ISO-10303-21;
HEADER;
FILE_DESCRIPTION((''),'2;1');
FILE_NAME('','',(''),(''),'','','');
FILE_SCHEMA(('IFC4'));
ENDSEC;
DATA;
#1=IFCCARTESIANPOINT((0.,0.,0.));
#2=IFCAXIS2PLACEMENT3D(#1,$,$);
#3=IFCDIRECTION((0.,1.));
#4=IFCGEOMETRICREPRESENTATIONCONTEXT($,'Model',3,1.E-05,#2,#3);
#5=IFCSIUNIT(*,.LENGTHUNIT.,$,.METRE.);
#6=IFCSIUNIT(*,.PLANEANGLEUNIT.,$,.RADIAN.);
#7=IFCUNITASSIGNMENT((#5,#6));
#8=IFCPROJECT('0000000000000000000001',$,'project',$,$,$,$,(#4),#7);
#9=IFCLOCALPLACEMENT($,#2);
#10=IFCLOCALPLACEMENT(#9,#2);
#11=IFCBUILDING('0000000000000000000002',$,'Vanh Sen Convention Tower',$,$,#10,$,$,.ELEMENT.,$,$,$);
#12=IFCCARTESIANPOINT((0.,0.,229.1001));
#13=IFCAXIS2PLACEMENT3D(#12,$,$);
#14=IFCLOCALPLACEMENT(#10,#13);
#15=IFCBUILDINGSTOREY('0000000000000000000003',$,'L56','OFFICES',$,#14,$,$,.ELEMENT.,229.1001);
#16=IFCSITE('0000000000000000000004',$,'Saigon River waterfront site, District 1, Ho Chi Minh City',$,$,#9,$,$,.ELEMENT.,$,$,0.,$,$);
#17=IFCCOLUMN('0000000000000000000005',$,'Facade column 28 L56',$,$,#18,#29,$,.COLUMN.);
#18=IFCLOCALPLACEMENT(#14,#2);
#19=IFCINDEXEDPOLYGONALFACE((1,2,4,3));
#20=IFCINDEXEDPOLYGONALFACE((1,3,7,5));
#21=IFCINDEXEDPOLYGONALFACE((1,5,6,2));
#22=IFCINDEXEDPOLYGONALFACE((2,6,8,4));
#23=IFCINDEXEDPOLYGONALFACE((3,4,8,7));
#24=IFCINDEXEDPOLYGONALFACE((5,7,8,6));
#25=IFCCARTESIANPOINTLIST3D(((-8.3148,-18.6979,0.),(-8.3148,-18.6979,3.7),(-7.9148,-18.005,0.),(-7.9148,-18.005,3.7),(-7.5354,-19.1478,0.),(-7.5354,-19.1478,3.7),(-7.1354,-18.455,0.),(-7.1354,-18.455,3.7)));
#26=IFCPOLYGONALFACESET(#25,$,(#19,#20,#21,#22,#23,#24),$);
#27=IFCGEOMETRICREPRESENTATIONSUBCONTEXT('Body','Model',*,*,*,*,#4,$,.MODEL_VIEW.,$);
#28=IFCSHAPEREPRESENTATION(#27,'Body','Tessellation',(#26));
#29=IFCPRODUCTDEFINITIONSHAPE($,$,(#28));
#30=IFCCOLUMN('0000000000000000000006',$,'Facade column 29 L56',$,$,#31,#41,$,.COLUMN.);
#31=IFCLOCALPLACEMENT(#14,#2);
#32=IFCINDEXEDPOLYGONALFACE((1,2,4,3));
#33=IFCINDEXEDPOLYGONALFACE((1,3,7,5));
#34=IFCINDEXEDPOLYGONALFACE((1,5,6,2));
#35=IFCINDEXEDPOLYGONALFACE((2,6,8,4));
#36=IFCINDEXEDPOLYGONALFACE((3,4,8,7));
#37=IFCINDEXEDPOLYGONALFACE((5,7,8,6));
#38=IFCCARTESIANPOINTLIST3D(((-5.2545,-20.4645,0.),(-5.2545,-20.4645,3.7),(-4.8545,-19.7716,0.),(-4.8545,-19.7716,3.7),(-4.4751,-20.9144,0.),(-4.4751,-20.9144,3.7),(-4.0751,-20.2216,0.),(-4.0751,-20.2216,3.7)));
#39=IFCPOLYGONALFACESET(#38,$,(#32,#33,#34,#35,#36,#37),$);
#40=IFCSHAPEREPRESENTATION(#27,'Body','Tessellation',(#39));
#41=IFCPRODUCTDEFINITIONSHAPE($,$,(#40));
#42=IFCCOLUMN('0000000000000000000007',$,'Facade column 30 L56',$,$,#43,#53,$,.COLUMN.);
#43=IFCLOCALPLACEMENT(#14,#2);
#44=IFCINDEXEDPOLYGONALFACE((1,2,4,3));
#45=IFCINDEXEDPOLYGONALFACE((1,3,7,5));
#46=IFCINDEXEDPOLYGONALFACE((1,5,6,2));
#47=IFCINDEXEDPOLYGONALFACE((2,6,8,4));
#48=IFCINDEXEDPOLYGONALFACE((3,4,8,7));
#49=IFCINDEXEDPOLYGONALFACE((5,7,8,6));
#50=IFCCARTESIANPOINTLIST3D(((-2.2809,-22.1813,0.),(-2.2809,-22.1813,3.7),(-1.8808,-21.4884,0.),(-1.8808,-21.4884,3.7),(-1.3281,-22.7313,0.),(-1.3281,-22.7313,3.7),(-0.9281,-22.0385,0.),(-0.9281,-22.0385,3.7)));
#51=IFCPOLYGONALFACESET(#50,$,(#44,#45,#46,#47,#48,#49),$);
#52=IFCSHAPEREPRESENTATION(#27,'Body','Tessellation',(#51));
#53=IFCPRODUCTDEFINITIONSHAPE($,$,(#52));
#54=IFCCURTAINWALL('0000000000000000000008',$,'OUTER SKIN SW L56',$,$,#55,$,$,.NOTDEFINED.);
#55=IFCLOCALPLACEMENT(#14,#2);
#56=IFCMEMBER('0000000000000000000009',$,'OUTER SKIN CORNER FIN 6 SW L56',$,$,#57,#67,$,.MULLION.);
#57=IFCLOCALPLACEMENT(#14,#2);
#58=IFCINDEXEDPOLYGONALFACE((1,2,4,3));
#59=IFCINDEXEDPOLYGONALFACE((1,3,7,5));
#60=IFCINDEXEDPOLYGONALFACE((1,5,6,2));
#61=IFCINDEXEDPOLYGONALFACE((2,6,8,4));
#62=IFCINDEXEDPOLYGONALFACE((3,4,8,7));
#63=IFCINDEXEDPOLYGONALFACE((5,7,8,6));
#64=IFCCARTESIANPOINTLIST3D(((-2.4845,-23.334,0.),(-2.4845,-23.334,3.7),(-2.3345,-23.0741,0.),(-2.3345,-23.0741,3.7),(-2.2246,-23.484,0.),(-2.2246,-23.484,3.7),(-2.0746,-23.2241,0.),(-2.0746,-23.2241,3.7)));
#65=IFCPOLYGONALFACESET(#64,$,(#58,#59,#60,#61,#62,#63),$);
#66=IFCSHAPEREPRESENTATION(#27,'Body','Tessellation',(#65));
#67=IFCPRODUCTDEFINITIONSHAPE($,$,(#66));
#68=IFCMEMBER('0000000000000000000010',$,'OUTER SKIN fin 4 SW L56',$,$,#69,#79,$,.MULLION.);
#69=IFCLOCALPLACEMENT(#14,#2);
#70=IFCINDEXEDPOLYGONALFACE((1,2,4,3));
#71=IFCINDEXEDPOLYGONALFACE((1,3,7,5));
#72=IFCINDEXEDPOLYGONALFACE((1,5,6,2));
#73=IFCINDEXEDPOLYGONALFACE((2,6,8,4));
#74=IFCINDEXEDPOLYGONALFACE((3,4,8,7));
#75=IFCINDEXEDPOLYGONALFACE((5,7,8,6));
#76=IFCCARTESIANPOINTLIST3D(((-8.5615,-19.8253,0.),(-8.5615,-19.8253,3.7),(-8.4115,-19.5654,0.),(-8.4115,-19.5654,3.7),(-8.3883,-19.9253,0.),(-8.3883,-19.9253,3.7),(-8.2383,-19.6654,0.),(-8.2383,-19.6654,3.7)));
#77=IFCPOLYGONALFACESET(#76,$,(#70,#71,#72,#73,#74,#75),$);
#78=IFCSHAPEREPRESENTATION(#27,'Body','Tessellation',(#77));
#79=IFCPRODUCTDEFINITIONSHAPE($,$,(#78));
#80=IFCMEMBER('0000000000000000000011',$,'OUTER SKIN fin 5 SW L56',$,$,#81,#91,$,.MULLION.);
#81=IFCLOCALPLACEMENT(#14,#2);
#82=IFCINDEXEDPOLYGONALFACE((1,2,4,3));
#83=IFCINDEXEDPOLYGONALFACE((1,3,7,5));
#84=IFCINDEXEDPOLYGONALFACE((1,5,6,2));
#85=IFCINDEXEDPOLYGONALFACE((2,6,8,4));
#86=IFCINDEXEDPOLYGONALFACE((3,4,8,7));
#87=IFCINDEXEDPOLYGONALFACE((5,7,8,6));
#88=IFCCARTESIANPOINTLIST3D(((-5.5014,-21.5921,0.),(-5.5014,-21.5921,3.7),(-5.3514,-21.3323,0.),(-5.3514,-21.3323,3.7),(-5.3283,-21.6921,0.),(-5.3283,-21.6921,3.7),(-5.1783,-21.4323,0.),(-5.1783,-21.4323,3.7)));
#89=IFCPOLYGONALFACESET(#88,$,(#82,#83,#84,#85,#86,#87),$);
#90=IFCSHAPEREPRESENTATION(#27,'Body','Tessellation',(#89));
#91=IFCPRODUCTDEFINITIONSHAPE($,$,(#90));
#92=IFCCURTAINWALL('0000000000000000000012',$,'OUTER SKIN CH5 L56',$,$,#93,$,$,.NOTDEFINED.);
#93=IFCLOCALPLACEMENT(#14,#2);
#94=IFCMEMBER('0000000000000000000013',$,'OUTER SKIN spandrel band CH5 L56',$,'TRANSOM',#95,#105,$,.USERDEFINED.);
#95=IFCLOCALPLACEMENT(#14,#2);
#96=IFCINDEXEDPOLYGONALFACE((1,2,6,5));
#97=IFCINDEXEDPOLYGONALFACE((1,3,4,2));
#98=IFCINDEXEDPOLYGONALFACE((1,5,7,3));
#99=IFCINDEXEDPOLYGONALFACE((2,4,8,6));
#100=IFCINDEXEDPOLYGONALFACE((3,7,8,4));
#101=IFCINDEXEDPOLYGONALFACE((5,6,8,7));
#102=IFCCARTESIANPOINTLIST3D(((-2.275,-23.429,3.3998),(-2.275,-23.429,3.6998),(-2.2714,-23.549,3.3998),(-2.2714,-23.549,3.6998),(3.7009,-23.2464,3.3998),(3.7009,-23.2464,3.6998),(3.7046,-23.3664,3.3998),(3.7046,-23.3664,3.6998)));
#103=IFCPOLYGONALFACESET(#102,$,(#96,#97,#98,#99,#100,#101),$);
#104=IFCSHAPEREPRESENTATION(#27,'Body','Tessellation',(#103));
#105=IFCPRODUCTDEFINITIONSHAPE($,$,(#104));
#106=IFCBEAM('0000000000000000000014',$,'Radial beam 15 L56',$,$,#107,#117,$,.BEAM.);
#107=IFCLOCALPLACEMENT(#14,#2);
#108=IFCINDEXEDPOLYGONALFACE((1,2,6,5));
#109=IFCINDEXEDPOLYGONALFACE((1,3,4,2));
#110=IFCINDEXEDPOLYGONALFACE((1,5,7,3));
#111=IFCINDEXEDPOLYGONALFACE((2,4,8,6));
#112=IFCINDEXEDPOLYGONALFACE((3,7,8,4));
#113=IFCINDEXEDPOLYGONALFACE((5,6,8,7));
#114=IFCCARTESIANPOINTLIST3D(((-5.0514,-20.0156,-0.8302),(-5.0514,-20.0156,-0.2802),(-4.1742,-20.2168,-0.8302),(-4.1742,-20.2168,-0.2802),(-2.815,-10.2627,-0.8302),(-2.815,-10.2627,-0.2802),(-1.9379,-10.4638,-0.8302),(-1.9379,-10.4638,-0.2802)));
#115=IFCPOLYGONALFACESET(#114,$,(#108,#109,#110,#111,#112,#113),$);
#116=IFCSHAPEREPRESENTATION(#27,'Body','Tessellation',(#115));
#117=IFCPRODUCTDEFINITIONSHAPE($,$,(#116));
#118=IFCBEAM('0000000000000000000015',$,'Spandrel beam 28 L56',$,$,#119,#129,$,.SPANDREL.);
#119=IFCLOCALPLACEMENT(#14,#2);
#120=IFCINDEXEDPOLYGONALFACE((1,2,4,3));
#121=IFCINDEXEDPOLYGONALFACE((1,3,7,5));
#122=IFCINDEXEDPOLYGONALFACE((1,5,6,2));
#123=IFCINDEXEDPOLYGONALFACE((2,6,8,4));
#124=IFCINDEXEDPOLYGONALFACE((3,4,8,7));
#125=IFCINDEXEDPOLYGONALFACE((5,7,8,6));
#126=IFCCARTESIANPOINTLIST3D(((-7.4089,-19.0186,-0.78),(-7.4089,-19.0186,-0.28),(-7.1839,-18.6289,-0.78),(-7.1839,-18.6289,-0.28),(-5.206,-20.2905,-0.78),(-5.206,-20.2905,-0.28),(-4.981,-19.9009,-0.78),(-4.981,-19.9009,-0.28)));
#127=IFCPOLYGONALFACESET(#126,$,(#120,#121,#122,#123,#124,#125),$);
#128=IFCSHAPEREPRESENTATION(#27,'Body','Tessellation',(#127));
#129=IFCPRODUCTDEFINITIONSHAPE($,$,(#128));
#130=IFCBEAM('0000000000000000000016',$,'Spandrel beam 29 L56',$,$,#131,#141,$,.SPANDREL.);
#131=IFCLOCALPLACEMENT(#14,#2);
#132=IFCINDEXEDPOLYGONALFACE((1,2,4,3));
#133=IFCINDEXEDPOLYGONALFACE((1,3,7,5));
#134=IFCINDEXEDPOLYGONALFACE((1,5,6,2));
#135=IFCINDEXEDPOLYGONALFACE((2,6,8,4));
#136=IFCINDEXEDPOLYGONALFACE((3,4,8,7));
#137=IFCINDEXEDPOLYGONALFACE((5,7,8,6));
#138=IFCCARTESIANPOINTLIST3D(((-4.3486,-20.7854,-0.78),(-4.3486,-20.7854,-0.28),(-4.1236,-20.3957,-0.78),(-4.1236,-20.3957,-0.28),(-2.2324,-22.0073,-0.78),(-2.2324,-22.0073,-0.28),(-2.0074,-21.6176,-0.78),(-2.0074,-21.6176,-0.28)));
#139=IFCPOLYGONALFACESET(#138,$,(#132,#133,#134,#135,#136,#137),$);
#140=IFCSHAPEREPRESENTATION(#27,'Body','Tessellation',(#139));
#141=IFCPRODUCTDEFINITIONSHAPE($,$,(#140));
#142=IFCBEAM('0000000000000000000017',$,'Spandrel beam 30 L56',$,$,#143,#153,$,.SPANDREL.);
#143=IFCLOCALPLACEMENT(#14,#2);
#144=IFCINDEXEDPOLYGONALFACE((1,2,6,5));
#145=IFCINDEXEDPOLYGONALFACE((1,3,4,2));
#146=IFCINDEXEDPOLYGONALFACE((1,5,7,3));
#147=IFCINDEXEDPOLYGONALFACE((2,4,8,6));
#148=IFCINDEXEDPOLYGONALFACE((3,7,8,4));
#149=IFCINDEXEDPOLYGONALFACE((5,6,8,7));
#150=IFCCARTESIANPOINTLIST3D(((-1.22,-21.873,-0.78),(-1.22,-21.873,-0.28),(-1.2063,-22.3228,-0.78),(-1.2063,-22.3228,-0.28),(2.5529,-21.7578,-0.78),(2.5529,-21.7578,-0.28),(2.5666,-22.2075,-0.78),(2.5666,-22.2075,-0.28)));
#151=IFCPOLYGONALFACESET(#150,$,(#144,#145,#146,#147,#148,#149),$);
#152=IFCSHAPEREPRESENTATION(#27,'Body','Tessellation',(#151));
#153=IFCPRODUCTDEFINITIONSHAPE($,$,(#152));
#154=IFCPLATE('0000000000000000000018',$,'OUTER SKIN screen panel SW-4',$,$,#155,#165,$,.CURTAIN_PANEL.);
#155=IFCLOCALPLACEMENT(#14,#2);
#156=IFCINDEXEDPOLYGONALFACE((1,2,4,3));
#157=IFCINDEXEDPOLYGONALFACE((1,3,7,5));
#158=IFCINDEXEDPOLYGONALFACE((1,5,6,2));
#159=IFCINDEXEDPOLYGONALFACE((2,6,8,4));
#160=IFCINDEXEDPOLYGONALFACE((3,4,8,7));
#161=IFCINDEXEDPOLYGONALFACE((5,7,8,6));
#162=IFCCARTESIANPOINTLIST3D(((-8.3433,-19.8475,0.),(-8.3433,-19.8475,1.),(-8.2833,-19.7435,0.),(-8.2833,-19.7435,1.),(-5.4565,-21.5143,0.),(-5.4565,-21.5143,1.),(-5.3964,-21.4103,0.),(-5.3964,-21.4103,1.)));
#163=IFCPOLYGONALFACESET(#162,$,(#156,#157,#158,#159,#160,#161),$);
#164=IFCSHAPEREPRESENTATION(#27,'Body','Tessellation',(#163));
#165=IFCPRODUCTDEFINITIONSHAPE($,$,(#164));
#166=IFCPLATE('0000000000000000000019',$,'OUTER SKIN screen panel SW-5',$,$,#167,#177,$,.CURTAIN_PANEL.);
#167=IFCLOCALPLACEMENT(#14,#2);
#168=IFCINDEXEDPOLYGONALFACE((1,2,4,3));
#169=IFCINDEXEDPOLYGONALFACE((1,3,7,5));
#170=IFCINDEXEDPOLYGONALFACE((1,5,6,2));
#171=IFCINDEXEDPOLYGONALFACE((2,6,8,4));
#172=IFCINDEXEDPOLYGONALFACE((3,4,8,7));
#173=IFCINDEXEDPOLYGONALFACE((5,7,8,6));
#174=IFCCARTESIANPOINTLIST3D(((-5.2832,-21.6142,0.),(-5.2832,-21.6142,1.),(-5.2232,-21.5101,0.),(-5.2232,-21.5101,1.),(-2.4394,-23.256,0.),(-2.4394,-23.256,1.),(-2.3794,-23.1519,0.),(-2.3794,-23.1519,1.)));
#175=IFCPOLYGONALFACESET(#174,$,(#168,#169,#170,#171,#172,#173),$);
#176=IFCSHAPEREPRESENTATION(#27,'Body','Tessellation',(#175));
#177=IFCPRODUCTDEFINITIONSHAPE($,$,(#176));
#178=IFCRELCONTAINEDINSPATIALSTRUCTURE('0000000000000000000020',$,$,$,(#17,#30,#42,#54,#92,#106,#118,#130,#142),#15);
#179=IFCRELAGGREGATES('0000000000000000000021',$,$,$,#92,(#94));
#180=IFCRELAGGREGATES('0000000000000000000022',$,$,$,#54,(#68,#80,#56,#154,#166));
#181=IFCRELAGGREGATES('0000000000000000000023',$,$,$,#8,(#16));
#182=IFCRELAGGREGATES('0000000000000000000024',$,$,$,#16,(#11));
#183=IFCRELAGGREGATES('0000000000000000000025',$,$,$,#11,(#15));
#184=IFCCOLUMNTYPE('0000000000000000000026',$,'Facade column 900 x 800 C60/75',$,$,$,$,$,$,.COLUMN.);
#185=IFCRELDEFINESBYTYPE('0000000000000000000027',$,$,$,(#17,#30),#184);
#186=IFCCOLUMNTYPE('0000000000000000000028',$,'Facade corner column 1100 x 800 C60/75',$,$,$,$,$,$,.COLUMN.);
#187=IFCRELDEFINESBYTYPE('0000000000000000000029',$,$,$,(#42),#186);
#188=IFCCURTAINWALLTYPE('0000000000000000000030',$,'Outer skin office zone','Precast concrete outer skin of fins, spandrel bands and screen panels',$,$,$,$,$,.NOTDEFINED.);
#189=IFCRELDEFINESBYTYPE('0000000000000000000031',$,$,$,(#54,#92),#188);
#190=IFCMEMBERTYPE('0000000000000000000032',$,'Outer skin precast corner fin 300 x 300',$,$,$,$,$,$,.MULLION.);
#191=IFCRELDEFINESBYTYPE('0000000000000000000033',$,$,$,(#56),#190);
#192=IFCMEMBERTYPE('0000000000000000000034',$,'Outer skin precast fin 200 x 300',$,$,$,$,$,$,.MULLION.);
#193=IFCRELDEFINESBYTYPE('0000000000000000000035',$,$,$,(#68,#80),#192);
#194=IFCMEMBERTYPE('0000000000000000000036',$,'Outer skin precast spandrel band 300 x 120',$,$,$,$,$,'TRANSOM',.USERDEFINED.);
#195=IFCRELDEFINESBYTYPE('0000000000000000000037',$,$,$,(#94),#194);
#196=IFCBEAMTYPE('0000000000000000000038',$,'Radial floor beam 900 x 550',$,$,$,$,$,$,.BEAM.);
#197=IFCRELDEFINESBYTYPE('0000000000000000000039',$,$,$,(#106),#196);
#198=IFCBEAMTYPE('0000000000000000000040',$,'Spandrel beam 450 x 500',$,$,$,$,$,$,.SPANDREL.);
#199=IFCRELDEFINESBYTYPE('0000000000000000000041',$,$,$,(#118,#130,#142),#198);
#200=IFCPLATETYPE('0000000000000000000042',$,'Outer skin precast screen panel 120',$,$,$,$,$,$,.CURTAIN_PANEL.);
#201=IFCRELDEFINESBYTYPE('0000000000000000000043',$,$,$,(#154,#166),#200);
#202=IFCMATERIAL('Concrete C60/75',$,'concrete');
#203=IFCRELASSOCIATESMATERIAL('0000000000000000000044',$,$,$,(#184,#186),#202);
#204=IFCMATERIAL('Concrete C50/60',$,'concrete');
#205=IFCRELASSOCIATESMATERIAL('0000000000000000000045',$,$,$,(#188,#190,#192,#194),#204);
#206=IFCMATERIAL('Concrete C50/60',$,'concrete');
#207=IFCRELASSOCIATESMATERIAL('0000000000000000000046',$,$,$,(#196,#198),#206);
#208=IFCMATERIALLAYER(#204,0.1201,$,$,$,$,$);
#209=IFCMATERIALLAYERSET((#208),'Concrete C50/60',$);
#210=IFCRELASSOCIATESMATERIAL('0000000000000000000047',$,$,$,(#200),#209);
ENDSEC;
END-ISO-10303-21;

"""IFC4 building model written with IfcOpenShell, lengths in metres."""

from ifc_helpers import new_model, si_unit, direction, frame, origin, origin_2d, place, context, subcontext, project, spatial, rectangle, extrude, material, layer, layer_set, material_profile, profile_set, type_object, element, aggregate, save


model = new_model("IFC4")

# Units and contexts
model_context = context("Model", 3, precision=1e-05, world=origin(), true_north=direction((0.0, 1.0)))
body_context = subcontext(model_context, "Body", "Model", "MODEL_VIEW")
ifc_project = project(units=[si_unit("LENGTHUNIT", "METRE"), si_unit("PLANEANGLEUNIT", "RADIAN")], contexts=[model_context])

# Site, building, storey
site_placement = place(None, origin())
site = spatial("IfcSite", under=ifc_project, at=site_placement, Name="Saigon River waterfront site, District 1, Ho Chi Minh City", CompositionType="ELEMENT", RefElevation=0.0)
building_placement = place(site_placement, origin())
building = spatial("IfcBuilding", under=site, at=building_placement, Name="Vanh Sen Convention Tower", CompositionType="ELEMENT")
storey_placement = place(building_placement, frame((0.0, 0.0, 229.1001)))
storey = spatial("IfcBuildingStorey", under=building, at=storey_placement, Name="L56", Description="OFFICES", CompositionType="ELEMENT", Elevation=229.1001)

# Columns
ifc_material_1 = material(Name="Concrete C60/75", Category="concrete")
ifc_material_profile_1 = material_profile(ifc_material_1, rectangle(XDim=0.8999, YDim=0.8, at=origin_2d()), Name="RC 900X800")
ifc_profile_set_1 = profile_set([ifc_material_profile_1], Name="Concrete C60/75")
column_type_1 = type_object("IfcColumnType", Name="Facade column 900 x 800 C60/75", PredefinedType="COLUMN", material=ifc_profile_set_1)
for number, where, z_axis, x_axis, name in (
    (1, (-7.7251, -18.5764, 0.0), (0.0, 0.0, 1.0), (0.866025, -0.5, 0.0), "Facade column 28 L56"),
    (2, (-4.6648, -20.343, 0.0), (0.0, 0.0, 1.0), (0.866025, -0.5, 0.0), "Facade column 29 L56"),
):
    element("IfcColumn", number, at=place(storey_placement, frame(where, z_axis=z_axis, x_axis=x_axis)), inside=storey, type_object=column_type_1, Name=name, PredefinedType="COLUMN", context=body_context, shape_type="SweptSolid", body=[
        extrude(rectangle(XDim=0.8999, YDim=0.8, at=origin_2d()), origin(), (0.0, 0.0, 1.0), 3.7),
    ])
ifc_material_profile_2 = material_profile(ifc_material_1, rectangle(XDim=1.1001, YDim=0.8, at=origin_2d()), Name="RC 1100X800")
ifc_profile_set_2 = profile_set([ifc_material_profile_2], Name="Concrete C60/75")
column_type_2 = type_object("IfcColumnType", Name="Facade corner column 1100 x 800 C60/75", PredefinedType="COLUMN", material=ifc_profile_set_2)
column_placement = place(storey_placement, frame((-1.6045, -22.1099, 0.0), z_axis=(0.0, 0.0, 1.0), x_axis=(0.866025, -0.5, 0.0)))
element("IfcColumn", 3, at=column_placement, inside=storey, type_object=column_type_2, Name="Facade column 30 L56", PredefinedType="COLUMN", context=body_context, shape_type="SweptSolid", body=[
    extrude(rectangle(XDim=1.1001, YDim=0.8, at=origin_2d()), origin(), (0.0, 0.0, 1.0), 3.7),
])

# Curtain wall, members
ifc_material_2 = material(Name="Concrete C50/60", Category="concrete")
curtain_wall_type = type_object("IfcCurtainWallType", Name="Outer skin office zone", Description="Precast concrete outer skin of fins, spandrel bands and screen panels", PredefinedType="NOTDEFINED", material=ifc_material_2)
curtain_wall_1_placement = place(storey_placement, origin())
curtain_wall_1 = element("IfcCurtainWall", 4, at=curtain_wall_1_placement, inside=storey, type_object=curtain_wall_type, Name="OUTER SKIN SW L56", PredefinedType="NOTDEFINED")
ifc_material_profile_3 = material_profile(ifc_material_2, rectangle(XDim=0.3, YDim=0.3, at=origin_2d()), Name="Outer skin precast corner fin 300 x 300")
ifc_profile_set_3 = profile_set([ifc_material_profile_3], Name="Concrete C50/60")
member_type_1 = type_object("IfcMemberType", Name="Outer skin precast corner fin 300 x 300", PredefinedType="MULLION", material=ifc_profile_set_3)
member_1_placement = place(storey_placement, frame((-2.2795, -23.2791, 0.0), z_axis=(0.0, 0.0, 1.0), x_axis=(0.866025, -0.5, 0.0)))
member_1 = element("IfcMember", 5, at=member_1_placement, type_object=member_type_1, Name="OUTER SKIN CORNER FIN 6 SW L56", PredefinedType="MULLION", context=body_context, shape_type="SweptSolid", body=[
    extrude(rectangle(XDim=0.3, YDim=0.3, at=origin_2d()), origin(), (0.0, 0.0, 1.0), 3.7),
])
ifc_material_profile_4 = material_profile(ifc_material_2, rectangle(XDim=0.2, YDim=0.3, at=origin_2d()), Name="Outer skin precast fin 200 x 300")
ifc_profile_set_4 = profile_set([ifc_material_profile_4], Name="Concrete C50/60")
member_type_2 = type_object("IfcMemberType", Name="Outer skin precast fin 200 x 300", PredefinedType="MULLION", material=ifc_profile_set_4)
member_2_placement = place(storey_placement, frame((-8.3999, -19.7454, 0.0), z_axis=(0.0, 0.0, 1.0), x_axis=(0.866025, -0.5, 0.0)))
member_2 = element("IfcMember", 6, at=member_2_placement, type_object=member_type_2, Name="OUTER SKIN fin 4 SW L56", PredefinedType="MULLION", context=body_context, shape_type="SweptSolid", body=[
    extrude(rectangle(XDim=0.2, YDim=0.3, at=origin_2d()), origin(), (0.0, 0.0, 1.0), 3.7),
])
member_3_placement = place(storey_placement, frame((-5.3398, -21.5122, 0.0), z_axis=(0.0, 0.0, 1.0), x_axis=(0.866025, -0.5, 0.0)))
member_3 = element("IfcMember", 7, at=member_3_placement, type_object=member_type_2, Name="OUTER SKIN fin 5 SW L56", PredefinedType="MULLION", context=body_context, shape_type="SweptSolid", body=[
    extrude(rectangle(XDim=0.2, YDim=0.3, at=origin_2d()), origin(), (0.0, 0.0, 1.0), 3.7),
])

# Curtain wall, member
curtain_wall_2_placement = place(storey_placement, origin())
curtain_wall_2 = element("IfcCurtainWall", 8, at=curtain_wall_2_placement, inside=storey, type_object=curtain_wall_type, Name="OUTER SKIN CH5 L56", PredefinedType="NOTDEFINED")
ifc_material_profile_5 = material_profile(ifc_material_2, rectangle(XDim=0.1201, YDim=0.3, at=origin_2d()), Name="Outer skin precast spandrel band 300 x 120")
ifc_profile_set_5 = profile_set([ifc_material_profile_5], Name="Concrete C50/60")
member_type_3 = type_object("IfcMemberType", Name="Outer skin precast spandrel band 300 x 120", ElementType="TRANSOM", PredefinedType="USERDEFINED", material=ifc_profile_set_5)
member_4_placement = place(storey_placement, frame((-2.2732, -23.489, 3.5498), z_axis=(0.999533, 0.030544, 0.0), x_axis=(-0.030544, 0.999533, 0.0)))
member_4 = element("IfcMember", 9, at=member_4_placement, type_object=member_type_3, Name="OUTER SKIN spandrel band CH5 L56", ObjectType="TRANSOM", PredefinedType="USERDEFINED", context=body_context, shape_type="SweptSolid", body=[
    extrude(rectangle(XDim=0.1201, YDim=0.3, at=origin_2d()), origin(), (0.0, 0.0, 1.0), 5.9788),
])
aggregate(curtain_wall_2, [member_4])

# Beams
ifc_material_3 = material(Name="Concrete C50/60", Category="concrete")
ifc_material_profile_6 = material_profile(ifc_material_3, rectangle(XDim=0.8999, YDim=0.55, at=origin_2d()), Name="RC 900X550")
ifc_profile_set_6 = profile_set([ifc_material_profile_6], Name="Concrete C50/60")
beam_type_1 = type_object("IfcBeamType", Name="Radial floor beam 900 x 550", PredefinedType="BEAM", material=ifc_profile_set_6)
beam_1_placement = place(storey_placement, frame((-4.6128, -20.1162, -0.5552), z_axis=(0.223498, 0.974704, 0.0), x_axis=(-0.974704, 0.223498, 0.0)))
element("IfcBeam", 10, at=beam_1_placement, inside=storey, type_object=beam_type_1, Name="Radial beam 15 L56", PredefinedType="BEAM", context=body_context, shape_type="SweptSolid", body=[
    extrude(rectangle(XDim=0.8999, YDim=0.55, at=origin_2d()), origin(), (0.0, 0.0, 1.0), 10.0061),
])
ifc_material_profile_7 = material_profile(ifc_material_3, rectangle(XDim=0.45, YDim=0.5, at=origin_2d()), Name="RC 450X500")
ifc_profile_set_7 = profile_set([ifc_material_profile_7], Name="Concrete C50/60")
beam_type_2 = type_object("IfcBeamType", Name="Spandrel beam 450 x 500", PredefinedType="SPANDREL", material=ifc_profile_set_7)
beam_2_placement = place(storey_placement, frame((-7.2964, -18.8237, -0.53), z_axis=(0.866002, -0.500041, 0.0), x_axis=(0.500041, 0.866002, 0.0)))
element("IfcBeam", 11, at=beam_2_placement, inside=storey, type_object=beam_type_2, Name="Spandrel beam 28 L56", PredefinedType="SPANDREL", context=body_context, shape_type="SweptSolid", body=[
    extrude(rectangle(XDim=0.45, YDim=0.5, at=origin_2d()), origin(), (0.0, 0.0, 1.0), 2.5437),
])
beam_3_placement = place(storey_placement, frame((-4.2361, -20.5906, -0.53), z_axis=(0.866003, -0.50004, 0.0), x_axis=(0.50004, 0.866003, 0.0)))
element("IfcBeam", 12, at=beam_3_placement, inside=storey, type_object=beam_type_2, Name="Spandrel beam 29 L56", PredefinedType="SPANDREL", context=body_context, shape_type="SweptSolid", body=[
    extrude(rectangle(XDim=0.45, YDim=0.5, at=origin_2d()), origin(), (0.0, 0.0, 1.0), 2.4436),
])
beam_4_placement = place(storey_placement, frame((-1.2131, -22.0979, -0.53), z_axis=(0.999534, 0.030528, 0.0), x_axis=(-0.030528, 0.999534, 0.0)))
element("IfcBeam", 13, at=beam_4_placement, inside=storey, type_object=beam_type_2, Name="Spandrel beam 30 L56", PredefinedType="SPANDREL", context=body_context, shape_type="SweptSolid", body=[
    extrude(rectangle(XDim=0.45, YDim=0.5, at=origin_2d()), origin(), (0.0, 0.0, 1.0), 3.7747),
])

# Plates
ifc_layer_1 = layer(ifc_material_2, 0.1201)
ifc_layer_set_1 = layer_set([ifc_layer_1], Name="Concrete C50/60")
plate_type = type_object("IfcPlateType", Name="Outer skin precast screen panel 120", PredefinedType="CURTAIN_PANEL", material=ifc_layer_set_1)
plate_1_placement = place(storey_placement, frame((-6.8699, -20.6289, 0.0), z_axis=(0.0, 0.0, 1.0), x_axis=(0.866026, -0.499998, 0.0)))
plate_1 = element("IfcPlate", 14, at=plate_1_placement, type_object=plate_type, Name="OUTER SKIN screen panel SW-4", PredefinedType="CURTAIN_PANEL", context=body_context, shape_type="SweptSolid", body=[
    extrude(rectangle(XDim=3.3335, YDim=0.1201, at=origin_2d()), origin(), (0.0, 0.0, 1.0), 1.0),
])
plate_2_placement = place(storey_placement, frame((-3.8313, -22.3831, 0.0), z_axis=(0.0, 0.0, 1.0), x_axis=(0.866033, -0.499986, 0.0)))
plate_2 = element("IfcPlate", 15, at=plate_2_placement, type_object=plate_type, Name="OUTER SKIN screen panel SW-5", PredefinedType="CURTAIN_PANEL", context=body_context, shape_type="SweptSolid", body=[
    extrude(rectangle(XDim=3.2837, YDim=0.1201, at=origin_2d()), origin(), (0.0, 0.0, 1.0), 1.0),
])
aggregate(curtain_wall_1, [member_2, member_3, member_1, plate_1, plate_2])

save(model, "model.ifc")
